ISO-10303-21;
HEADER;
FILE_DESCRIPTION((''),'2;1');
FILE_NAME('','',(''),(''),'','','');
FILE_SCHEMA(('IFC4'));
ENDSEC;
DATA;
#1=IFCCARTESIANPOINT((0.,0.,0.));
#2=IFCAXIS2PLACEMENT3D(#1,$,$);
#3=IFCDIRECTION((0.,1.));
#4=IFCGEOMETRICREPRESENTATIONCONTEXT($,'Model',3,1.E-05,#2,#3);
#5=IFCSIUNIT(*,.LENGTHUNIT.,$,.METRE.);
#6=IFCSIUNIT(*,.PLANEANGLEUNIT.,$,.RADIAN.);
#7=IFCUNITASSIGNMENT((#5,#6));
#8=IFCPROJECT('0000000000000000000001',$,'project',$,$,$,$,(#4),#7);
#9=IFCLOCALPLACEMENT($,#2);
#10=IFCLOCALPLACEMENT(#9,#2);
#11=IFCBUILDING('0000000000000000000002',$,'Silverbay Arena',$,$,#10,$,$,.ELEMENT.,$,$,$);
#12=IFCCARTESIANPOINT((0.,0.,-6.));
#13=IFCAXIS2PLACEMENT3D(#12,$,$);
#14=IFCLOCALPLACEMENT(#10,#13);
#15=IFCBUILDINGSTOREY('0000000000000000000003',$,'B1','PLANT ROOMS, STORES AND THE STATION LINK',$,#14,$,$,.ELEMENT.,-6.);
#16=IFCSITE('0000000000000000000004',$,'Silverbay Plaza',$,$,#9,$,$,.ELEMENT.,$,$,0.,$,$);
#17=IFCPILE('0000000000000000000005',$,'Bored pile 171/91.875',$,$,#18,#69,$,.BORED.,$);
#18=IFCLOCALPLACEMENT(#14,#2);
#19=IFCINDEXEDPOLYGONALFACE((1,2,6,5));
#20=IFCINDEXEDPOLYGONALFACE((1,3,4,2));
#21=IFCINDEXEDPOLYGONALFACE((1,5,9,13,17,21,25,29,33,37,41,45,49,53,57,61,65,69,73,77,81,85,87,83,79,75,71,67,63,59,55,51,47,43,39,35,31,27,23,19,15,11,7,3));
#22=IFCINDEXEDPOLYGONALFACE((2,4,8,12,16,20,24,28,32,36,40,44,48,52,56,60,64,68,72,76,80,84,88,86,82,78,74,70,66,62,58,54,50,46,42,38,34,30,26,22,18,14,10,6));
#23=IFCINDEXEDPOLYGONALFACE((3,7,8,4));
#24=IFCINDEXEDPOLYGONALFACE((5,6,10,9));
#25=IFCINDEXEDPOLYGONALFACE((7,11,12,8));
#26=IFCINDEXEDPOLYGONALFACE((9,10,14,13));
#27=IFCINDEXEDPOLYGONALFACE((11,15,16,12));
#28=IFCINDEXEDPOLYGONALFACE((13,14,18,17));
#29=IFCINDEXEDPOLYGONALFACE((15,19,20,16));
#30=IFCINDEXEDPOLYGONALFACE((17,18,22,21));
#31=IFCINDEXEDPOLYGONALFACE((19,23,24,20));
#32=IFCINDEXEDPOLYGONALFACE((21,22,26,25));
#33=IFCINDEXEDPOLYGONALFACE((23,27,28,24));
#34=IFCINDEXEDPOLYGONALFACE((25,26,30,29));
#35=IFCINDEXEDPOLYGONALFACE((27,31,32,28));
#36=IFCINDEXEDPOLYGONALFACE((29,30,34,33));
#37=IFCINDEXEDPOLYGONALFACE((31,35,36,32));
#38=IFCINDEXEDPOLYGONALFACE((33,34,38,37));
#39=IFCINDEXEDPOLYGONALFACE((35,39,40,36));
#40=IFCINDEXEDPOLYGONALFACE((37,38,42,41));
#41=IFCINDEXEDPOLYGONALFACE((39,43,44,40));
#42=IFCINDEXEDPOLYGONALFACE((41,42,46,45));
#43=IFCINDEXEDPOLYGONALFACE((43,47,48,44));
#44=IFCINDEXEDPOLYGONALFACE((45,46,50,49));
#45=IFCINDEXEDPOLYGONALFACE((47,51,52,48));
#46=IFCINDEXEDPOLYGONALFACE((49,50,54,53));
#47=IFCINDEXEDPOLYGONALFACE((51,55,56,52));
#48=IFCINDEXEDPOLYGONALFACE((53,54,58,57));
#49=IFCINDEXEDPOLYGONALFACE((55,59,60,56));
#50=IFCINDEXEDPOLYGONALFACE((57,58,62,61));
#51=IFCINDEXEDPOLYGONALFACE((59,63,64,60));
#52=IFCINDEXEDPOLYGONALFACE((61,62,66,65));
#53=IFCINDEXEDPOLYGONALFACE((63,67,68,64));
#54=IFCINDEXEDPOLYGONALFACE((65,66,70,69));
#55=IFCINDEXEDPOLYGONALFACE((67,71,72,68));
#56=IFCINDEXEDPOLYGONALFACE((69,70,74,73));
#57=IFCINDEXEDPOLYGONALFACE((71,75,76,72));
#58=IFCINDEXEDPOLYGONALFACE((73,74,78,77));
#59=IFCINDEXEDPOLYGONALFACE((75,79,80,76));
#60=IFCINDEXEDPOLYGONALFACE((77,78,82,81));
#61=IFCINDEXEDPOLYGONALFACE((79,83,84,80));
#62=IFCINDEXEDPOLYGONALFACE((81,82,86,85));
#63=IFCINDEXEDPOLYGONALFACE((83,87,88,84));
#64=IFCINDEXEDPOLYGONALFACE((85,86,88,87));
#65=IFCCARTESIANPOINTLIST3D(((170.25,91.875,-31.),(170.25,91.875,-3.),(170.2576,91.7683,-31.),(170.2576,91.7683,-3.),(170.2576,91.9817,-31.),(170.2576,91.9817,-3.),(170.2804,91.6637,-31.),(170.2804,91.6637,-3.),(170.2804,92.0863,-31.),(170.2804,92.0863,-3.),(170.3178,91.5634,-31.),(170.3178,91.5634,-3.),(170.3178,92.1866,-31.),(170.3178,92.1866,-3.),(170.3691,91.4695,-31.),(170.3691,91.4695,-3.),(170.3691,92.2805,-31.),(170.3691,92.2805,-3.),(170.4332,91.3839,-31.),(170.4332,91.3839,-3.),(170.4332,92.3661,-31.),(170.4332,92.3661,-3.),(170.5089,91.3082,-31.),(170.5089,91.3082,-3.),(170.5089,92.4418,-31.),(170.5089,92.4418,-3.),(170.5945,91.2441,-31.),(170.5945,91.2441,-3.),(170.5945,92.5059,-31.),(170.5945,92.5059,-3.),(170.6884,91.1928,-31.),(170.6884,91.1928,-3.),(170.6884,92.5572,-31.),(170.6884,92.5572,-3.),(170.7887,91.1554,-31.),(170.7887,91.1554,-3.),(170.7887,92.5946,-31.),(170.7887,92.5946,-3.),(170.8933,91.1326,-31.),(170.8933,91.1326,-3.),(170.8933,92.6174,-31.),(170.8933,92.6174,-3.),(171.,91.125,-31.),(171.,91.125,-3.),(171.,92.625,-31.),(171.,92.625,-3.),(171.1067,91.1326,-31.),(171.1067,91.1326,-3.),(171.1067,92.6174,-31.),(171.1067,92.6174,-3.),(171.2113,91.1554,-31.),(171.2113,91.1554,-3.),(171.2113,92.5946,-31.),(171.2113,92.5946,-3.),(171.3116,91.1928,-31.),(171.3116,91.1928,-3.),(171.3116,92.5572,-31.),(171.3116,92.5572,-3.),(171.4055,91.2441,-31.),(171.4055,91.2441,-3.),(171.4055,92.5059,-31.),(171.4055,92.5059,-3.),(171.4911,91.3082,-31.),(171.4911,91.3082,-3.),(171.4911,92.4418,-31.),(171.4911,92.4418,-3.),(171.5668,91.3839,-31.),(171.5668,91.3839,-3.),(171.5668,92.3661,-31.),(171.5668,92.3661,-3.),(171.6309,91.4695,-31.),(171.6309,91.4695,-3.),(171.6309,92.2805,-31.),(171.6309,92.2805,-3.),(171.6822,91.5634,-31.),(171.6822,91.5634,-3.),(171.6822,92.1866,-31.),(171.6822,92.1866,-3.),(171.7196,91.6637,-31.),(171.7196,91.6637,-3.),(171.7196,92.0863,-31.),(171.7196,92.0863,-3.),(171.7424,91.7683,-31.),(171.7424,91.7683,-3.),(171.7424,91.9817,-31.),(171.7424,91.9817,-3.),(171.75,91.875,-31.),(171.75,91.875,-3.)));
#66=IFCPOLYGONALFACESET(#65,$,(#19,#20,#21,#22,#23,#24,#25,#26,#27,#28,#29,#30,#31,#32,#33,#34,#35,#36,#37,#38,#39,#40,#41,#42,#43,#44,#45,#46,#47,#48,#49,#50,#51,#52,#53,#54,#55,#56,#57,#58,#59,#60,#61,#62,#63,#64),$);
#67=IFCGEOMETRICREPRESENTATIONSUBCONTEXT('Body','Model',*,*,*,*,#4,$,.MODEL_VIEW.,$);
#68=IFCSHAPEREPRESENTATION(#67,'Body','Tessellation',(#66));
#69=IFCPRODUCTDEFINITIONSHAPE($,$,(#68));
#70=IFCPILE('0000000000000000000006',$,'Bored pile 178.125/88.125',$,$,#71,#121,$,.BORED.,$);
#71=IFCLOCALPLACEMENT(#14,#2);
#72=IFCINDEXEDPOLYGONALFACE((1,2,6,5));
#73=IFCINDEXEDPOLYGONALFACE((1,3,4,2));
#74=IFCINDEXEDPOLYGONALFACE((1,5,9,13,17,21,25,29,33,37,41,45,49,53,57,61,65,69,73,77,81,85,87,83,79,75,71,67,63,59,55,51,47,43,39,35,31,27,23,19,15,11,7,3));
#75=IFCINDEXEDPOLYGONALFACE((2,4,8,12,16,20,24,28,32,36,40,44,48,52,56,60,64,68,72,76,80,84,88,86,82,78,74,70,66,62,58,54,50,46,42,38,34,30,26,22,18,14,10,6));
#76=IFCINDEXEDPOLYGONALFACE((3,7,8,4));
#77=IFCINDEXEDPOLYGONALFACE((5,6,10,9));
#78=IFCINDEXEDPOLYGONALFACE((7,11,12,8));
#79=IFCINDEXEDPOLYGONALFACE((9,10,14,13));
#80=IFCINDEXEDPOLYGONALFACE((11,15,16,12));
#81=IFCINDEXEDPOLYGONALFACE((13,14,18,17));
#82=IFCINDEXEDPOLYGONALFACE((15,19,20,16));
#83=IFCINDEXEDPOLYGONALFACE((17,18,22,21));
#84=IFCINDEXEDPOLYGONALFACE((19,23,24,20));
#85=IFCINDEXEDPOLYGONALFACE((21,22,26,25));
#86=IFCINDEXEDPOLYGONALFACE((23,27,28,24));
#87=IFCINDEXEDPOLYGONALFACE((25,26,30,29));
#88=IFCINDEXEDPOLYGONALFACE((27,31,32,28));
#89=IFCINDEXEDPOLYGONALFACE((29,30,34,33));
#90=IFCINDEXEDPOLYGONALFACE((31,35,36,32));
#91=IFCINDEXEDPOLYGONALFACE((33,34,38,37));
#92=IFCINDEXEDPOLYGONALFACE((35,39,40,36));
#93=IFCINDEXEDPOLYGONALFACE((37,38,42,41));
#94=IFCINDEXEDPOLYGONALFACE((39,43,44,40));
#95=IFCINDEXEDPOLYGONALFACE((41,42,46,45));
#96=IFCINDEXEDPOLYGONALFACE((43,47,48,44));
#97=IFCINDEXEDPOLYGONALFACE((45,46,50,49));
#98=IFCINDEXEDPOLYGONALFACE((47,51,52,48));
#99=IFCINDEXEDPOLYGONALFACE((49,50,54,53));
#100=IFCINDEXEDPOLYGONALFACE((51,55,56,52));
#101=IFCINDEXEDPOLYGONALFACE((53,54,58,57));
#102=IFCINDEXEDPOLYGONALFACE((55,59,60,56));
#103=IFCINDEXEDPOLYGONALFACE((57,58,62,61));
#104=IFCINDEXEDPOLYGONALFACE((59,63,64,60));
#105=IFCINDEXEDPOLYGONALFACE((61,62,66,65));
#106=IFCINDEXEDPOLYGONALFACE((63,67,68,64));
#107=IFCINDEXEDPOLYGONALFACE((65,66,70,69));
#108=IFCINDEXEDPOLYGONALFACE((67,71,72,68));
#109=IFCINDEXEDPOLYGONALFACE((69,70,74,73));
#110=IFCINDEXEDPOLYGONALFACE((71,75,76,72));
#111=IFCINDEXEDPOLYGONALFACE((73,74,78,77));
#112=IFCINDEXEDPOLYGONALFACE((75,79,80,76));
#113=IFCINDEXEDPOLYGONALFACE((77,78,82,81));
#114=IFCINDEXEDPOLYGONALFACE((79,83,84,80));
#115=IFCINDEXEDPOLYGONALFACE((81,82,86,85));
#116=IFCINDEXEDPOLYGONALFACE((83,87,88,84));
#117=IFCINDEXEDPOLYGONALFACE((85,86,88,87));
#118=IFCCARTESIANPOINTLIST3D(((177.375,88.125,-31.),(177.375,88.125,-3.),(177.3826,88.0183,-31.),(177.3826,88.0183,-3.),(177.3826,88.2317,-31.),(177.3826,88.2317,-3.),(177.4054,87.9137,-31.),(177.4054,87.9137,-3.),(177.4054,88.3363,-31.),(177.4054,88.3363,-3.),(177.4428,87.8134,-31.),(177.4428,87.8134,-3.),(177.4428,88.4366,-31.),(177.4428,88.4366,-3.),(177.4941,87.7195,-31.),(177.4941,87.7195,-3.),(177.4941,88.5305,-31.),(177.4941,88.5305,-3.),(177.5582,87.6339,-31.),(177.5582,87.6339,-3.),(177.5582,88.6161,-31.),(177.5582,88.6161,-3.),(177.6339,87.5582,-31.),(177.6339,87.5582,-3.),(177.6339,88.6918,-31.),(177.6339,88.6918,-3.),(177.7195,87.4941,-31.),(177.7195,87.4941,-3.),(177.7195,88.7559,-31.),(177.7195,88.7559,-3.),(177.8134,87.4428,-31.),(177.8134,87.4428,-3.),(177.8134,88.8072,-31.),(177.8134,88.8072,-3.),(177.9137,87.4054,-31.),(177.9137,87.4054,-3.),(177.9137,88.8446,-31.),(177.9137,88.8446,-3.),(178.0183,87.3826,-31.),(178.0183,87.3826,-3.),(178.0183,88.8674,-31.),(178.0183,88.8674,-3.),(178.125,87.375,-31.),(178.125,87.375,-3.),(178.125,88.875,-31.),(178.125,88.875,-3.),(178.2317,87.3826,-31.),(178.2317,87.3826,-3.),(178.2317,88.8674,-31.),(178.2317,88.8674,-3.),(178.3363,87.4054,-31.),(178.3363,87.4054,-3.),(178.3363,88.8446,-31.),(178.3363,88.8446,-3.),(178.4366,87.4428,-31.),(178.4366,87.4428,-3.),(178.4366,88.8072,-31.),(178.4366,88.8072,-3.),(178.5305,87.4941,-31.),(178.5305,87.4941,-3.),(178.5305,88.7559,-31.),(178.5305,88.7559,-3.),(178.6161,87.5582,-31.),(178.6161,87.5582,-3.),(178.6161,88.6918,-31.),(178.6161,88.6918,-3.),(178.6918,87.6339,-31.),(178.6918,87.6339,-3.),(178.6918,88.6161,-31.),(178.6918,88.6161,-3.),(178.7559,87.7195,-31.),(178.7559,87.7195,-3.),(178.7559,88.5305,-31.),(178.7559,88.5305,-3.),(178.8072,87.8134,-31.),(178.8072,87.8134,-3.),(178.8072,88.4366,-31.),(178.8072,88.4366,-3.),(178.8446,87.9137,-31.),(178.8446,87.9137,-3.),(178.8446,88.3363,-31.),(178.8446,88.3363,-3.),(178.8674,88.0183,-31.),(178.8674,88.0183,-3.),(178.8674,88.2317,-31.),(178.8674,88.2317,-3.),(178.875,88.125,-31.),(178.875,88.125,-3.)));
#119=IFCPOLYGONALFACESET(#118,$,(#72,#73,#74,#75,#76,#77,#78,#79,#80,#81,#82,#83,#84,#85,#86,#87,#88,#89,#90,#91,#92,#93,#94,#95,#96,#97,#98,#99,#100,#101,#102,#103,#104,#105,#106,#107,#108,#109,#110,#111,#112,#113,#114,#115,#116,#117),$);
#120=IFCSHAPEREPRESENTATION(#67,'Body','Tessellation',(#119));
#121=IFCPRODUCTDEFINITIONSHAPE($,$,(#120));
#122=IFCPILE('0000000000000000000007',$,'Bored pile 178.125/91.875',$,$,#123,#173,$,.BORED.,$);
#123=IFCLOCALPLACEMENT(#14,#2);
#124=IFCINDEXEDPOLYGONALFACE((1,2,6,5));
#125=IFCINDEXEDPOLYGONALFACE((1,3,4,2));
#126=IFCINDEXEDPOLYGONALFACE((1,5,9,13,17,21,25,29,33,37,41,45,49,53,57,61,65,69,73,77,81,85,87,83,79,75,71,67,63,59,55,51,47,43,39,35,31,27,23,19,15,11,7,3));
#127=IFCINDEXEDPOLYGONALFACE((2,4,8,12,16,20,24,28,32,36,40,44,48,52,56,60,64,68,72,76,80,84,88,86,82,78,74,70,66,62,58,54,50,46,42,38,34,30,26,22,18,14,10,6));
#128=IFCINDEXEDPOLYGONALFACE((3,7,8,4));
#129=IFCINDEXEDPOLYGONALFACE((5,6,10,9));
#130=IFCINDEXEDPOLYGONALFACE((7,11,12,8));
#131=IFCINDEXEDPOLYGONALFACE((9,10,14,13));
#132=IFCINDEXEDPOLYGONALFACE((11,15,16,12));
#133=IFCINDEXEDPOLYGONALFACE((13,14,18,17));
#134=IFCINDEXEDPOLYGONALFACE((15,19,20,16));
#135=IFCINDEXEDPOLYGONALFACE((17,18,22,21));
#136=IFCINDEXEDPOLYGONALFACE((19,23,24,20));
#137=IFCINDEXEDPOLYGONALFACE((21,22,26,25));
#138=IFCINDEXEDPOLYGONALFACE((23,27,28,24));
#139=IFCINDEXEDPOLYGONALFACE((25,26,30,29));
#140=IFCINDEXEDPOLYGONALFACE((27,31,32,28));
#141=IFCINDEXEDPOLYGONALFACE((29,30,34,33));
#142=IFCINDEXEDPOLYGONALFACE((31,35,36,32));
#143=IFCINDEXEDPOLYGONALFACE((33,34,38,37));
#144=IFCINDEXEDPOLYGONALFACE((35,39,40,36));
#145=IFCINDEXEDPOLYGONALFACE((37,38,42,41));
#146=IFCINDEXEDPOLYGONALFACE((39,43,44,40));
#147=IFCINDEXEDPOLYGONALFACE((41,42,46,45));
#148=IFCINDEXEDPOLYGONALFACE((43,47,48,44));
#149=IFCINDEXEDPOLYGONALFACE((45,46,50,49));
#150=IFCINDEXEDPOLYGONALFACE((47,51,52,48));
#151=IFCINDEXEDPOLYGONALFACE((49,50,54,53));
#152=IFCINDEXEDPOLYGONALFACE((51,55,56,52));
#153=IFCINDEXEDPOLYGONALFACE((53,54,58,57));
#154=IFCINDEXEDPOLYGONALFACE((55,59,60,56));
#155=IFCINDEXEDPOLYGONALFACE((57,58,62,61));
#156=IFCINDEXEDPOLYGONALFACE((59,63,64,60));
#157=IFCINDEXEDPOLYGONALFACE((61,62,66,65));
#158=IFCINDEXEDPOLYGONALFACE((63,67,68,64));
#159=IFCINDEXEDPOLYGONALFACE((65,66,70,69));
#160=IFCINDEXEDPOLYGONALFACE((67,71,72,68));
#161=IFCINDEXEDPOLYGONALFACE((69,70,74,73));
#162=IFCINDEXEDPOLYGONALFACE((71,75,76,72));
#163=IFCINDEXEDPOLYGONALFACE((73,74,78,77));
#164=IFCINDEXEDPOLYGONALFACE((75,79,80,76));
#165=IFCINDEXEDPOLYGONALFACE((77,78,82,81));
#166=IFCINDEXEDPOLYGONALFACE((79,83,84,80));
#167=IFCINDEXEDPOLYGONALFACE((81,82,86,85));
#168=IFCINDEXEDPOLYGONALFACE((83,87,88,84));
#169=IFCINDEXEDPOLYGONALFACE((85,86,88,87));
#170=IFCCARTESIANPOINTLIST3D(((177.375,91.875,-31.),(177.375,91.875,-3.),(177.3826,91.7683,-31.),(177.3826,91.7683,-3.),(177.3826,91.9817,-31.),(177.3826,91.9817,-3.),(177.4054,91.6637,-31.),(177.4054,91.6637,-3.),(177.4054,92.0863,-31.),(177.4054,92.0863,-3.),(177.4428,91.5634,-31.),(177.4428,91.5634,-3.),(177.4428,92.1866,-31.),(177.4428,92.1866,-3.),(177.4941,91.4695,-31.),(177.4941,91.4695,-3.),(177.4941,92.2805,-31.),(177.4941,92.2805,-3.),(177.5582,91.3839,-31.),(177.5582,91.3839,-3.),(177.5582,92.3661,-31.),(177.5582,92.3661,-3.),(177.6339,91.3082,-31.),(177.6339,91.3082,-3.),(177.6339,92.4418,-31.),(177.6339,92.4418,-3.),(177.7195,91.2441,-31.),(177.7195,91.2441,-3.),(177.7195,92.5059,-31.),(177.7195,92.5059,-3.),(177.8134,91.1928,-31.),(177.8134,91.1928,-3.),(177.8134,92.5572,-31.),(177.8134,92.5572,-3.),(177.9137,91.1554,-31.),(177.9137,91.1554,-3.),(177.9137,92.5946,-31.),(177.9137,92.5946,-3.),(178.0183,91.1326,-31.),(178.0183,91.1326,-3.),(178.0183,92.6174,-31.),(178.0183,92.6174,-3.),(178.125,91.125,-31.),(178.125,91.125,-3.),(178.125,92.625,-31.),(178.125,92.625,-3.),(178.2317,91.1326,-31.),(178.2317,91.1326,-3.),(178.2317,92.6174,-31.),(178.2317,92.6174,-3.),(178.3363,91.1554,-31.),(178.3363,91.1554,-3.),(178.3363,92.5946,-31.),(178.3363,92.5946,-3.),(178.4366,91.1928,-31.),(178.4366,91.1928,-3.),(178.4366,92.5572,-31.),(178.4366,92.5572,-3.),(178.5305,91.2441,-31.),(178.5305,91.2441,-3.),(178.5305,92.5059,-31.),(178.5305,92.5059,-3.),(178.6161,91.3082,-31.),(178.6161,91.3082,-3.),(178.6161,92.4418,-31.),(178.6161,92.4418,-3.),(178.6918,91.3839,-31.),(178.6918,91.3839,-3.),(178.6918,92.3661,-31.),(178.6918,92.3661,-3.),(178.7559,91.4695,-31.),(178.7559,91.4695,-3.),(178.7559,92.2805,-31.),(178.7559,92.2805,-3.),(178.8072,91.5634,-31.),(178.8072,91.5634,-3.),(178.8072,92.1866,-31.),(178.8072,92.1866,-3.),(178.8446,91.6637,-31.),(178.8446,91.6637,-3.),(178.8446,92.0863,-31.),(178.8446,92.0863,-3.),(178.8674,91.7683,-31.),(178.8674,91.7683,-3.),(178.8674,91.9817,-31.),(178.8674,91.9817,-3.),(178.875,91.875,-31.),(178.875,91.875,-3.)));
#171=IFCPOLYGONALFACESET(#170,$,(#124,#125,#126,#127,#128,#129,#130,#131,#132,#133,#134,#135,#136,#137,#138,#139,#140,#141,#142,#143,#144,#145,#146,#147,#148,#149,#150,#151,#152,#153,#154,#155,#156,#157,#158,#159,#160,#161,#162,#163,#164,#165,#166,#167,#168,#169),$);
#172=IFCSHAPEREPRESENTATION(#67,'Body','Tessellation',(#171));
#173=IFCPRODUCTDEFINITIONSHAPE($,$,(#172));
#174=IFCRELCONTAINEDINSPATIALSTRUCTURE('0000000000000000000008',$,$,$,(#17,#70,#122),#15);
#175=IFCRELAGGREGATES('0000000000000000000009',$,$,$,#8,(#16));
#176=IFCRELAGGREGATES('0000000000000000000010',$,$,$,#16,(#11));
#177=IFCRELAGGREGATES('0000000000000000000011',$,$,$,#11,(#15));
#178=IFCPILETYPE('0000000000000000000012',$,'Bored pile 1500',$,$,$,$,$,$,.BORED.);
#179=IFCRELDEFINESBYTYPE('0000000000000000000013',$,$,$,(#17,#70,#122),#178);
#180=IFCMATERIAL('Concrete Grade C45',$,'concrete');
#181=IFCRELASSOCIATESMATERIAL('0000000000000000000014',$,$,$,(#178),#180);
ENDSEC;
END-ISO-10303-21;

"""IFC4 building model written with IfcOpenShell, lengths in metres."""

from ifc_helpers import new_model, si_unit, direction, frame, origin, origin_2d, place, context, subcontext, project, spatial, circle, extrude, material, material_profile, profile_set, type_object, element, save


model = new_model("IFC4")

# Units and contexts
model_context = context("Model", 3, precision=1e-05, world=origin(), true_north=direction((0.0, 1.0)))
body_context = subcontext(model_context, "Body", "Model", "MODEL_VIEW")
ifc_project = project(units=[si_unit("LENGTHUNIT", "METRE"), si_unit("PLANEANGLEUNIT", "RADIAN")], contexts=[model_context])

# Site, building, storey
site_placement = place(None, origin())
site = spatial("IfcSite", under=ifc_project, at=site_placement, Name="Silverbay Plaza", CompositionType="ELEMENT", RefElevation=0.0)
building_placement = place(site_placement, origin())
building = spatial("IfcBuilding", under=site, at=building_placement, Name="Silverbay Arena", CompositionType="ELEMENT")
storey_placement = place(building_placement, frame((0.0, 0.0, -6.0)))
storey = spatial("IfcBuildingStorey", under=building, at=storey_placement, Name="B1", Description="PLANT ROOMS, STORES AND THE STATION LINK", CompositionType="ELEMENT", Elevation=-6.0)

# Piles
ifc_material_1 = material(Name="Concrete Grade C45", Category="concrete")
ifc_material_profile_1 = material_profile(ifc_material_1, circle(Radius=0.75, at=origin_2d()), Name="Bored pile 1500")
ifc_profile_set_1 = profile_set([ifc_material_profile_1], Name="Concrete Grade C45")
pile_type = type_object("IfcPileType", Name="Bored pile 1500", PredefinedType="BORED", material=ifc_profile_set_1)
for number, where, z_axis, x_axis, name in (
    (1, (171.0, 91.875, -3.0), (0.0, 0.0, -1.0), (1.0, 0.0, 0.0), "Bored pile 171/91.875"),
    (2, (178.125, 88.125, -3.0), (0.0, 0.0, -1.0), (1.0, 0.0, 0.0), "Bored pile 178.125/88.125"),
    (3, (178.125, 91.875, -3.0), (0.0, 0.0, -1.0), (1.0, 0.0, 0.0), "Bored pile 178.125/91.875"),
):
    element("IfcPile", number, at=place(storey_placement, frame(where, z_axis=z_axis, x_axis=x_axis)), inside=storey, type_object=pile_type, Name=name, PredefinedType="BORED", context=body_context, shape_type="SweptSolid", body=[
        extrude(circle(Radius=0.75, at=origin_2d()), origin(), (0.0, 0.0, 1.0), 28.0),
    ])

save(model, "model.ifc")
